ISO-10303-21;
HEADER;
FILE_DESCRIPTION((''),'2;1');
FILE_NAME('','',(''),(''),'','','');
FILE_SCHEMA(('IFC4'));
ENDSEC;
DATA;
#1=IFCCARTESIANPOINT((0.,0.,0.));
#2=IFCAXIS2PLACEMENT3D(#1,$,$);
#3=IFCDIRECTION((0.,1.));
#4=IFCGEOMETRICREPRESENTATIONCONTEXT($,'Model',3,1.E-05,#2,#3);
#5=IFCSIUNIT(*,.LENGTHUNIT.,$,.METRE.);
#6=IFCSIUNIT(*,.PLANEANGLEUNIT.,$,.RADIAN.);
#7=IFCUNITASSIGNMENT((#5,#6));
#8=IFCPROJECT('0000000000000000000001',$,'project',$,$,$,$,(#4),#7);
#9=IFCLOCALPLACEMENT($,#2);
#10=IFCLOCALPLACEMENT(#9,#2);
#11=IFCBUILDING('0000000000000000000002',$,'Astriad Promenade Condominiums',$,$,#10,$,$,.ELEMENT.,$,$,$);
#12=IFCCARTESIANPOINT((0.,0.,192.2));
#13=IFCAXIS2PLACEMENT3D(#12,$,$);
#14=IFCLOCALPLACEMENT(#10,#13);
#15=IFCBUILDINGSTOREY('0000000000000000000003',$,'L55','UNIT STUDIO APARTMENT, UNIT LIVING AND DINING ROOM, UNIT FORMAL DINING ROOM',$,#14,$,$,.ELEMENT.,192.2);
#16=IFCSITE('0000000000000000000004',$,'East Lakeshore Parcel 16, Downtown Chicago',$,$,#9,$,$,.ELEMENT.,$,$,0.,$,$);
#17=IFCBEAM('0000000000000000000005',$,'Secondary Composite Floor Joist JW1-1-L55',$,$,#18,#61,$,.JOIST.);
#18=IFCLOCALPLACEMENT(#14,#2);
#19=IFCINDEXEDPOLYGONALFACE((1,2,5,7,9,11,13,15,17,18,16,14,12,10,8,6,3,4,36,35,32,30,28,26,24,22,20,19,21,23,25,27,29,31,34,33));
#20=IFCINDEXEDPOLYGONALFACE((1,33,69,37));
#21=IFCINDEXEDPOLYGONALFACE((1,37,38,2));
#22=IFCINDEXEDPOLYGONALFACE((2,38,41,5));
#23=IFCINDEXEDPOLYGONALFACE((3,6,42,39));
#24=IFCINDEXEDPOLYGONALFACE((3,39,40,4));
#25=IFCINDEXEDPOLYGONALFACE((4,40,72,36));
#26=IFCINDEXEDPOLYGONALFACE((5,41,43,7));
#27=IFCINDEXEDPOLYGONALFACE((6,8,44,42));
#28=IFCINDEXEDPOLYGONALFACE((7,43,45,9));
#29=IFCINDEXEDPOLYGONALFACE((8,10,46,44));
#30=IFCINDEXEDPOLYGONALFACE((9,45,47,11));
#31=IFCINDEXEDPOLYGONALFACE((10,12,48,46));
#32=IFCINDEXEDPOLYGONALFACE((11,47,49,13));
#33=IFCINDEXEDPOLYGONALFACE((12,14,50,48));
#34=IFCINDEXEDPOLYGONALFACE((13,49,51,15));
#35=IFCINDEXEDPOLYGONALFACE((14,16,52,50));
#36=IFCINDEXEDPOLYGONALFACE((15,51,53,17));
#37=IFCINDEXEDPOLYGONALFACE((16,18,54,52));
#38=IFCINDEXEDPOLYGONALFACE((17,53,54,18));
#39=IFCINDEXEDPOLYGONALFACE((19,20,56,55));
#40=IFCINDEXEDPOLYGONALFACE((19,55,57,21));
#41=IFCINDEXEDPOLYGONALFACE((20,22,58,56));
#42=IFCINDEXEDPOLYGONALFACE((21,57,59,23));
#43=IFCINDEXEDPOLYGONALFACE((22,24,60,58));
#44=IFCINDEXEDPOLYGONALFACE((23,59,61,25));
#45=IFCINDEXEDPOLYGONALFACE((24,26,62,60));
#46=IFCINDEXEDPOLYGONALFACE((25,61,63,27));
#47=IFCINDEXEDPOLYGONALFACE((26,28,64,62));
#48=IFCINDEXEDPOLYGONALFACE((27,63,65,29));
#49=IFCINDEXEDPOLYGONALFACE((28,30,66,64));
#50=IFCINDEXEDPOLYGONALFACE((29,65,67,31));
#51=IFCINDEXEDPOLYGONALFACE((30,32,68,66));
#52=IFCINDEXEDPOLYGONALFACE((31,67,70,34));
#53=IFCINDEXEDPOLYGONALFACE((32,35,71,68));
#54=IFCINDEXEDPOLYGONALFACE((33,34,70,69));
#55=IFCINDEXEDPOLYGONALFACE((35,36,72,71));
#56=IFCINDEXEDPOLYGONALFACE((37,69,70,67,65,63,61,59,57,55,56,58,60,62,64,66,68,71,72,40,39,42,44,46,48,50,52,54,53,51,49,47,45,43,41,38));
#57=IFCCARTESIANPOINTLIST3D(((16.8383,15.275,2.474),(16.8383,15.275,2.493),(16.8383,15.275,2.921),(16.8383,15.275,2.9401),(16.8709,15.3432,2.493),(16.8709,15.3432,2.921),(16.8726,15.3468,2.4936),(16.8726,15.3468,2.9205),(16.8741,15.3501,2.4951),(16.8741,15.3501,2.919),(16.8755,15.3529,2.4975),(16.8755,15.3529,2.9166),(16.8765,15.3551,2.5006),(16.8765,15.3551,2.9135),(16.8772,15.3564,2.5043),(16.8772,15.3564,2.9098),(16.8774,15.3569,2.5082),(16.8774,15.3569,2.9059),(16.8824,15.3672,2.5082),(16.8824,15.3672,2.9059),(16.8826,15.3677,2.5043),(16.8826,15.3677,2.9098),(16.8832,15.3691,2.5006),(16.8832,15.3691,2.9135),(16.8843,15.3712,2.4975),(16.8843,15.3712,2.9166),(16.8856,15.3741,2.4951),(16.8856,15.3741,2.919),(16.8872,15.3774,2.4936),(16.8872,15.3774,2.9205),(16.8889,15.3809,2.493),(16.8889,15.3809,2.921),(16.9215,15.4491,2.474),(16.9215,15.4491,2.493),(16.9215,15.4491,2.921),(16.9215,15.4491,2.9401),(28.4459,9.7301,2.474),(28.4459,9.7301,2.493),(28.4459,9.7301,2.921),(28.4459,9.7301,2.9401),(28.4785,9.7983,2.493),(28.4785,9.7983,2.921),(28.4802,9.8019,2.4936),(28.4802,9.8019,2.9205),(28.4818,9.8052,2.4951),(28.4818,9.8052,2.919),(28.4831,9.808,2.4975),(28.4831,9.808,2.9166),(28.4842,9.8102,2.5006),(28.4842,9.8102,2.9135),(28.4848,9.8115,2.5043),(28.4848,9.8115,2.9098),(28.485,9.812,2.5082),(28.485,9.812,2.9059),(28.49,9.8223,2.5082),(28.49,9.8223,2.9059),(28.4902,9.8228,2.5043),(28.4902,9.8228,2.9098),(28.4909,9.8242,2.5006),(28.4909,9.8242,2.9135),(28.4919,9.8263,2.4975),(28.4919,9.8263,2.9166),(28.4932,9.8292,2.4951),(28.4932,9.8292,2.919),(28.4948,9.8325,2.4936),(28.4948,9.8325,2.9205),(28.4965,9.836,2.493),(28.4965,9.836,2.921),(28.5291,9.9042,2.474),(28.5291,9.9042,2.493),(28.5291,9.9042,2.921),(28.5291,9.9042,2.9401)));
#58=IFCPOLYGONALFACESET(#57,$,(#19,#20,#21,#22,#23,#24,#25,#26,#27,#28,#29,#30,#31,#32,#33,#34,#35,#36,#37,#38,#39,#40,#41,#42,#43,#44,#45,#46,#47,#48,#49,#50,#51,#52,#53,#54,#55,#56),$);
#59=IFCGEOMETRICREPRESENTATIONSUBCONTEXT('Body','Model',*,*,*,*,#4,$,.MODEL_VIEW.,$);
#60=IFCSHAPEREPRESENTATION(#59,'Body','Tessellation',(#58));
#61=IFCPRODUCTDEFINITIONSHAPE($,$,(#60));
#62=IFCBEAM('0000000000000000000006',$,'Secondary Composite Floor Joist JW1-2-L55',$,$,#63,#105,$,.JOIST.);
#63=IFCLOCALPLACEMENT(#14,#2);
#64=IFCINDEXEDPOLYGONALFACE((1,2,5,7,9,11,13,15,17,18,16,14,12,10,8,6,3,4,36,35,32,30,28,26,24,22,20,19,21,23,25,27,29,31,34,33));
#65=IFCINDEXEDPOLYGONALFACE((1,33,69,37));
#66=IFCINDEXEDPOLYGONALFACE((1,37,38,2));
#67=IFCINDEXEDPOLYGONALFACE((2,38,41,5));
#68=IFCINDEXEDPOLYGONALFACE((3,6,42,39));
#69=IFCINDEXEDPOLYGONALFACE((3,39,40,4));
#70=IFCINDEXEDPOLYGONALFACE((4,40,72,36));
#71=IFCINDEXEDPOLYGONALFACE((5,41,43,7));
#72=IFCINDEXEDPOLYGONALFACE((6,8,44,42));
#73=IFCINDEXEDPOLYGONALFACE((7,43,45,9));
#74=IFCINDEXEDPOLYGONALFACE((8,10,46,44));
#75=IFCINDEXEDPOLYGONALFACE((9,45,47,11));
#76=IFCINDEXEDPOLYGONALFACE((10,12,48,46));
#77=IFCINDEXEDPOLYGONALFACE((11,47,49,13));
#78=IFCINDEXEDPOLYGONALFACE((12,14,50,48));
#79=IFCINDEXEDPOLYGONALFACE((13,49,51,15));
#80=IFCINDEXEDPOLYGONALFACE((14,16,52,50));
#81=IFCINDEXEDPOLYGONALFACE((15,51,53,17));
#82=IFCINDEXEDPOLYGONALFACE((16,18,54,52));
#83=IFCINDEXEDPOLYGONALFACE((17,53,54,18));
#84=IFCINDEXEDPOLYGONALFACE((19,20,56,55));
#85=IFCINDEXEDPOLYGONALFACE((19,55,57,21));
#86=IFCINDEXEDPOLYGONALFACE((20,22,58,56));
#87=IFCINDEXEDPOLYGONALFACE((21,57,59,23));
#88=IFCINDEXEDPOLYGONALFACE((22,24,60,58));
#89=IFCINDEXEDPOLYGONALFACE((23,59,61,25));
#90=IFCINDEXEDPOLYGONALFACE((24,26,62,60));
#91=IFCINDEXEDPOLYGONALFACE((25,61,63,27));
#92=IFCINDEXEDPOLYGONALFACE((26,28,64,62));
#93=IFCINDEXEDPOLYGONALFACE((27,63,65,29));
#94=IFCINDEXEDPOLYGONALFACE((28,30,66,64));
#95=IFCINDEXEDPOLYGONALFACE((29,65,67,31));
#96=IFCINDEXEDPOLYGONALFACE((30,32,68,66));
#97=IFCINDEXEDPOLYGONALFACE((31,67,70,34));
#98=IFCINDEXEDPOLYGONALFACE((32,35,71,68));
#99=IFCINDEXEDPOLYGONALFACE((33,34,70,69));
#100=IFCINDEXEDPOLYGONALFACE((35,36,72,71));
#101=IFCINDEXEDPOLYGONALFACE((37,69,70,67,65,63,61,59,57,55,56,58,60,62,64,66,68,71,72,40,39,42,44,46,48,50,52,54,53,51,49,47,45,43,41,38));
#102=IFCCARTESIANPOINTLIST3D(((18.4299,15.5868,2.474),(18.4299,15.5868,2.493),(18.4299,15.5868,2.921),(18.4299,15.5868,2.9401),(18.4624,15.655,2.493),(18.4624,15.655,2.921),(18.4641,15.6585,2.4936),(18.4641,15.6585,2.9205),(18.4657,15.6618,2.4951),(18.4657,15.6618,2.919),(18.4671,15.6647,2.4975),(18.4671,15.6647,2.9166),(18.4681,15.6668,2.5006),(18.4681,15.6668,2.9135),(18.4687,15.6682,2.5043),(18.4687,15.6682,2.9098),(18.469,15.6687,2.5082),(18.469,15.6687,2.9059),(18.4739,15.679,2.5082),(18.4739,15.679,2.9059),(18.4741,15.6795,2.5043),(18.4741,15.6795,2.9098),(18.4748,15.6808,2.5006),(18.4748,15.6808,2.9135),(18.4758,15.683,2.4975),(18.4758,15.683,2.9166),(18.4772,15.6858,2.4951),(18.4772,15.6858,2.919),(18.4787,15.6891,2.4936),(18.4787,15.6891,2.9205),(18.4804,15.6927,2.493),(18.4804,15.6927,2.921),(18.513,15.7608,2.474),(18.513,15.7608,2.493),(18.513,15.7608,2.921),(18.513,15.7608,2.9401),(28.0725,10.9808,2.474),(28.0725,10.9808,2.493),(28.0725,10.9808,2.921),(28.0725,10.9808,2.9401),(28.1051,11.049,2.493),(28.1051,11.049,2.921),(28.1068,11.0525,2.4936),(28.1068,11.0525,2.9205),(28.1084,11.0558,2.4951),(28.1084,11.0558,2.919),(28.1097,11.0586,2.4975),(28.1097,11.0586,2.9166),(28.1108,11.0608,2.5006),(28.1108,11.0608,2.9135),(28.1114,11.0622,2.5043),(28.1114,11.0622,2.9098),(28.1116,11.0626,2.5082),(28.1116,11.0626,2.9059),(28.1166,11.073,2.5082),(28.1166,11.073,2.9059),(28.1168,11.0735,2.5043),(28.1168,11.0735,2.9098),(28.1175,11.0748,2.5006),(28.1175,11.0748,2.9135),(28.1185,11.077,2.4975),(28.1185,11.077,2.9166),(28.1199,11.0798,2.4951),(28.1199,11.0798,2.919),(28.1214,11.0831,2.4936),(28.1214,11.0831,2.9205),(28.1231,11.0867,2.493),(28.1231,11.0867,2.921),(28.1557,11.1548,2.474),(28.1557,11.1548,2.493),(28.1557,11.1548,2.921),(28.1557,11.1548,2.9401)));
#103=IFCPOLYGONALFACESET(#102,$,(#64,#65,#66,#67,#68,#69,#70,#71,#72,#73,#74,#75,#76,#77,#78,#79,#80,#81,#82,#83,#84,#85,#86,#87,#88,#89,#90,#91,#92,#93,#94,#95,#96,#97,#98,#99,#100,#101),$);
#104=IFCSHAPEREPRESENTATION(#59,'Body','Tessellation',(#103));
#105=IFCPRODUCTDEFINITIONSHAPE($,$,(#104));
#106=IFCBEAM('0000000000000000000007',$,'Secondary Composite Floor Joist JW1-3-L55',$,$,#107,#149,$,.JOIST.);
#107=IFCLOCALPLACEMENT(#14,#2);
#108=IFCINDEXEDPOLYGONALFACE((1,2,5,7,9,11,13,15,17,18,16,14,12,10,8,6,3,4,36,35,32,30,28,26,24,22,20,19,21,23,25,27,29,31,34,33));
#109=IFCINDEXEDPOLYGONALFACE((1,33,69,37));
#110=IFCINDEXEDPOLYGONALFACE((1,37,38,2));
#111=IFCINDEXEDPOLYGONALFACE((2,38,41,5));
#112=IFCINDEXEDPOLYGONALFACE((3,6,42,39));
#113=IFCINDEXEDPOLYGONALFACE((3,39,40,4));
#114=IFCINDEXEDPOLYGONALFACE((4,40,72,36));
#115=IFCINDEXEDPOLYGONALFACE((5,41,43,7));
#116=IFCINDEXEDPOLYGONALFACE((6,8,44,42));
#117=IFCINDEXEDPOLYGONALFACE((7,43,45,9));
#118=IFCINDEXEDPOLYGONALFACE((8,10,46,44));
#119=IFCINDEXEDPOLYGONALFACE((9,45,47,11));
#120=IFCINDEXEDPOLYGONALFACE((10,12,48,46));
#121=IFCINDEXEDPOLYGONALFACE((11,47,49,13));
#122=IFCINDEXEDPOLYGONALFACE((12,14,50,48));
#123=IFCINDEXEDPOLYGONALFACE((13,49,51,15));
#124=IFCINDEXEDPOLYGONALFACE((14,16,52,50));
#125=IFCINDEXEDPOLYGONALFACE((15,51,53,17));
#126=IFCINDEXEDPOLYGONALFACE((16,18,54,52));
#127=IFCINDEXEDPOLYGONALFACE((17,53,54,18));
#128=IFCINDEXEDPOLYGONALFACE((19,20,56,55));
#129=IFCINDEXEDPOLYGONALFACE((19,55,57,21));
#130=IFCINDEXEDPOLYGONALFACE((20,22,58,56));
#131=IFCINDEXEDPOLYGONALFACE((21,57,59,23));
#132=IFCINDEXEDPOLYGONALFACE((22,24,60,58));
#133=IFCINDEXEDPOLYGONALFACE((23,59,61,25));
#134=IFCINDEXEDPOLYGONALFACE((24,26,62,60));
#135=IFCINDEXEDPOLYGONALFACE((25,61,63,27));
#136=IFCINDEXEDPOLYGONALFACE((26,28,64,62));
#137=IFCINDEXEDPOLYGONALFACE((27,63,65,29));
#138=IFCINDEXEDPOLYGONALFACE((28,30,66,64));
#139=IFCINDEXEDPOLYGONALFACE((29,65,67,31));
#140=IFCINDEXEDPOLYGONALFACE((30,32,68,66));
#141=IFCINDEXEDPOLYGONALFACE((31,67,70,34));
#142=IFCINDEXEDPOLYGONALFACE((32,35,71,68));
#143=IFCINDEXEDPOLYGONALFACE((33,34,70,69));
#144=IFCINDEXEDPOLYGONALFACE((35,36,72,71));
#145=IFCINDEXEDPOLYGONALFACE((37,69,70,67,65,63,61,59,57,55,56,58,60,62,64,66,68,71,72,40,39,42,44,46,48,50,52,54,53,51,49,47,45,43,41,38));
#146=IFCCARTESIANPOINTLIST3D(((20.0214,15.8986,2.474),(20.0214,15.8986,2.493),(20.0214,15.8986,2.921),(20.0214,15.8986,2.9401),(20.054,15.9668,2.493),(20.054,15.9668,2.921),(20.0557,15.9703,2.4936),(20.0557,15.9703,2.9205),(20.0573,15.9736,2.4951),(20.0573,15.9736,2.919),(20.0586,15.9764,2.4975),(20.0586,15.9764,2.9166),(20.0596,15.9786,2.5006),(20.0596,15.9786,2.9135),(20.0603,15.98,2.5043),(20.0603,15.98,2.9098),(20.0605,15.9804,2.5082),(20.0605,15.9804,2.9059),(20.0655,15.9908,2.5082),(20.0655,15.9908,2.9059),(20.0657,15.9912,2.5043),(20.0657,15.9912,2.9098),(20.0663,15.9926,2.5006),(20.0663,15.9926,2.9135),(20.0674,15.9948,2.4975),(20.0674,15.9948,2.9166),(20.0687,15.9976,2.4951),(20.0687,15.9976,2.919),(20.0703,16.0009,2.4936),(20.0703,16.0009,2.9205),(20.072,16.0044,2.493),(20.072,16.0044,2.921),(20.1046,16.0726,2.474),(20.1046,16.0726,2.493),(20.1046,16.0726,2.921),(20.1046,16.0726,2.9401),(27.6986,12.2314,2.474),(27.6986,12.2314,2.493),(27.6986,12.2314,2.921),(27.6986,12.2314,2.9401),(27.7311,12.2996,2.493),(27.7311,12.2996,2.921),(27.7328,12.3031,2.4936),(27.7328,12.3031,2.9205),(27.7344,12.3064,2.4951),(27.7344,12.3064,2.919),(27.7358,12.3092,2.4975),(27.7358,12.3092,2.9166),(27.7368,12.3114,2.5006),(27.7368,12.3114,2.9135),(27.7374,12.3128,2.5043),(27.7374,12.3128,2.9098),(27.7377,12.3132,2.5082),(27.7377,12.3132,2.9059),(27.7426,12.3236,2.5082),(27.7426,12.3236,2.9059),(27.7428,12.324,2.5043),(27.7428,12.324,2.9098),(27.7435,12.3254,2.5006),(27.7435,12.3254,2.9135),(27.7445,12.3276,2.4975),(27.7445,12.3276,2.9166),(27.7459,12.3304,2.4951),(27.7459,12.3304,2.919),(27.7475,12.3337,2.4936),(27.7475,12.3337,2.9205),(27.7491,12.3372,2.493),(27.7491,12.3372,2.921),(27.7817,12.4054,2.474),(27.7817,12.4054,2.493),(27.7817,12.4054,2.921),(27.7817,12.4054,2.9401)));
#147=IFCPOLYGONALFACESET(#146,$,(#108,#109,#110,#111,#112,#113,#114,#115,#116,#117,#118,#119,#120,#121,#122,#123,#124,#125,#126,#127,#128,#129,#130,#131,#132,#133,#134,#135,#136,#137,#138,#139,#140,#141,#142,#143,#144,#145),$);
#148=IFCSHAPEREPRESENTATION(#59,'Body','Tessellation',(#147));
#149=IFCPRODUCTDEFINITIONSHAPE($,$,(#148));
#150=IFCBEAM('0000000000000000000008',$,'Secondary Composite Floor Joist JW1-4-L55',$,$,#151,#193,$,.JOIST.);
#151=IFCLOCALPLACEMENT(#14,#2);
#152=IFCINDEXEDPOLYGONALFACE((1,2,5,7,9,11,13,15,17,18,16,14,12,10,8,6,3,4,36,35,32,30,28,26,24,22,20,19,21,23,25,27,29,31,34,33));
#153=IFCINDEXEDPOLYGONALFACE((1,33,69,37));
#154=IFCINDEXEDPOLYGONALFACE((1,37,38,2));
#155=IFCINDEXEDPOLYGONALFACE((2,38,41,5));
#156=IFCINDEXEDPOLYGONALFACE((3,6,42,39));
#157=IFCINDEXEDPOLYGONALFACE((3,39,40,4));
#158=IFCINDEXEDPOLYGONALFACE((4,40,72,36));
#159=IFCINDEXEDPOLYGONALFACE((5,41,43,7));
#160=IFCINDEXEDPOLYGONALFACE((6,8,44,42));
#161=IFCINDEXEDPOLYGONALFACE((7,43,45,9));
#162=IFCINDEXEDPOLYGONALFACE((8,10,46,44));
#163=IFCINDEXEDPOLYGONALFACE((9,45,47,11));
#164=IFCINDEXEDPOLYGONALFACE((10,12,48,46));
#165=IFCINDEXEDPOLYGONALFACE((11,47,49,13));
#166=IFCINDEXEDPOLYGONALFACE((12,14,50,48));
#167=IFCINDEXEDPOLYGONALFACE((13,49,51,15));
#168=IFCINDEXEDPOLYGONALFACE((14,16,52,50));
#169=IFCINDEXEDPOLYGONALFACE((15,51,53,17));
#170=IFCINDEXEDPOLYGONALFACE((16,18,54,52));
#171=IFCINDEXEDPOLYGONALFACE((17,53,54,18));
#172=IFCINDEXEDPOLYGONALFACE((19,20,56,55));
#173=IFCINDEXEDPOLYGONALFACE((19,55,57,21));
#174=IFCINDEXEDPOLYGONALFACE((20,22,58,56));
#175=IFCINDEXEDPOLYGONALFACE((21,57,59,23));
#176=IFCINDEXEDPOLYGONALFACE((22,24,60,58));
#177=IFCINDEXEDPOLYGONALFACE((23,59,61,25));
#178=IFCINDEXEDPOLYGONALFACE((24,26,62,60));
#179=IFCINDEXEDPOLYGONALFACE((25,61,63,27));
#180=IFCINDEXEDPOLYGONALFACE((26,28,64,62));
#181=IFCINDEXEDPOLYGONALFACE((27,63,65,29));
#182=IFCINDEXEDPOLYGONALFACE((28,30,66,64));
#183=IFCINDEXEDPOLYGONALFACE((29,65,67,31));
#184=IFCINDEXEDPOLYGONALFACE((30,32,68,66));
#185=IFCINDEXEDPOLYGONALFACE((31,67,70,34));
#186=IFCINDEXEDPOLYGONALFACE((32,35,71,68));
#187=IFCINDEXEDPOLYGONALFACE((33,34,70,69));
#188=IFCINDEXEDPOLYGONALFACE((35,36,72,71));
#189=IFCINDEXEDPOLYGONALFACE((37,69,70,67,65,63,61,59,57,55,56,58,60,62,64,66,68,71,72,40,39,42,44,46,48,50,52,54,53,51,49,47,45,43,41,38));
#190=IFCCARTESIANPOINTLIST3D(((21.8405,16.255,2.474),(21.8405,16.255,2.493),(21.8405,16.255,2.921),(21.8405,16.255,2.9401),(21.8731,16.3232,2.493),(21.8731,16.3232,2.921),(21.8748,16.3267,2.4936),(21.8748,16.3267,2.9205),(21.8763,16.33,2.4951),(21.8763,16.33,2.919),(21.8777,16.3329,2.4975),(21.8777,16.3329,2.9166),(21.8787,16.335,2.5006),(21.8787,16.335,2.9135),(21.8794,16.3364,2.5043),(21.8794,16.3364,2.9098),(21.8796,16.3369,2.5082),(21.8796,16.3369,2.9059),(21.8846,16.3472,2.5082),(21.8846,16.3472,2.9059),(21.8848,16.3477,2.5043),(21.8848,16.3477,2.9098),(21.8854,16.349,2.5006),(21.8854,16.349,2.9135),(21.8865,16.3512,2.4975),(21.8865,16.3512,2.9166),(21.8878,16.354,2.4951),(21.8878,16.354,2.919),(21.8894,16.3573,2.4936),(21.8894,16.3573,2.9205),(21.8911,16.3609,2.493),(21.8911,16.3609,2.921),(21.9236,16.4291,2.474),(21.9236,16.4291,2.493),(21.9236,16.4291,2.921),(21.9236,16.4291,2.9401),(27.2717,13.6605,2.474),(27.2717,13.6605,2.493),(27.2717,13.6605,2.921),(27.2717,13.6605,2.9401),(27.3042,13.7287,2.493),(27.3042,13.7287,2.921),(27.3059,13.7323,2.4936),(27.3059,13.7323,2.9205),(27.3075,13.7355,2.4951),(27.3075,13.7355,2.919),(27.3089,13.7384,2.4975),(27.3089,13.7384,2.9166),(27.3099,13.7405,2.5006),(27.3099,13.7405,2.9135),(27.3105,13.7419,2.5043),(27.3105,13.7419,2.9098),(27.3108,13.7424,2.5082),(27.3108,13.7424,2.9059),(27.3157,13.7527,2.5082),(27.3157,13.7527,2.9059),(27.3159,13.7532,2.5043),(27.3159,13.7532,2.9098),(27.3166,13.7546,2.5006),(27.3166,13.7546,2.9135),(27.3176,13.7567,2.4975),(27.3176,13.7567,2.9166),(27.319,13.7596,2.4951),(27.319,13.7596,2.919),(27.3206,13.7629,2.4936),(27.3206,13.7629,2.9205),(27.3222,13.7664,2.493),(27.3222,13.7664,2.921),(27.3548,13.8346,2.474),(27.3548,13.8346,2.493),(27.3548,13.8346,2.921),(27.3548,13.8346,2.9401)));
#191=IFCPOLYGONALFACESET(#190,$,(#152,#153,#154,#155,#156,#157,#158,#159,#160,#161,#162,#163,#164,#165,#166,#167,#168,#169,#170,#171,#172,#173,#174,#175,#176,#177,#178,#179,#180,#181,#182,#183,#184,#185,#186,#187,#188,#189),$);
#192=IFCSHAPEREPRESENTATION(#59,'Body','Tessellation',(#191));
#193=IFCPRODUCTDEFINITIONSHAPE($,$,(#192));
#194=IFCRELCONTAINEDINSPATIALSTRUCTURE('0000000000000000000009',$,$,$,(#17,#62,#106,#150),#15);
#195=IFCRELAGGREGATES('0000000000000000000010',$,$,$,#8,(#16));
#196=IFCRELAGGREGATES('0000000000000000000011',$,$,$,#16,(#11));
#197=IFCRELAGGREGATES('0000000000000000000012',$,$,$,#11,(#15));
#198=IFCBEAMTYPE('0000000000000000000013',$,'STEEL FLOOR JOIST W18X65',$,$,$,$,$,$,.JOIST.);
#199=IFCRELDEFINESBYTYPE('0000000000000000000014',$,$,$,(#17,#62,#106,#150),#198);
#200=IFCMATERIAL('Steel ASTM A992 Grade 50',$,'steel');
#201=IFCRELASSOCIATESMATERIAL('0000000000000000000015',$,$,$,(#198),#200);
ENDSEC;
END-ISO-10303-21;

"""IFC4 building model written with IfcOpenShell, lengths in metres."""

from ifc_helpers import new_model, si_unit, direction, frame, origin, origin_2d, place, context, subcontext, project, spatial, i_section, extrude, source, transform, mapped, material, material_profile, profile_set, type_object, element, save


model = new_model("IFC4")

# Units and contexts
model_context = context("Model", 3, precision=1e-05, world=origin(), true_north=direction((0.0, 1.0)))
body_context = subcontext(model_context, "Body", "Model", "MODEL_VIEW")
ifc_project = project(units=[si_unit("LENGTHUNIT", "METRE"), si_unit("PLANEANGLEUNIT", "RADIAN")], contexts=[model_context])

# Site, building, storey
site_placement = place(None, origin())
site = spatial("IfcSite", under=ifc_project, at=site_placement, Name="East Lakeshore Parcel 16, Downtown Chicago", CompositionType="ELEMENT", RefElevation=0.0)
building_placement = place(site_placement, origin())
building = spatial("IfcBuilding", under=site, at=building_placement, Name="Astriad Promenade Condominiums", CompositionType="ELEMENT")
storey_placement = place(building_placement, frame((0.0, 0.0, 192.2)))
storey = spatial("IfcBuildingStorey", under=building, at=storey_placement, Name="L55", Description="UNIT STUDIO APARTMENT, UNIT LIVING AND DINING ROOM, UNIT FORMAL DINING ROOM", CompositionType="ELEMENT", Elevation=192.2)

# Beams
ifc_material_1 = material(Name="Steel ASTM A992 Grade 50", Category="steel")
ifc_material_profile_1 = material_profile(ifc_material_1, i_section(OverallWidth=0.1929, OverallDepth=0.4661, WebThickness=0.0115, FlangeThickness=0.019, FilletRadius=0.0151, at=origin_2d()), Name="W18X65")
ifc_profile_set_1 = profile_set([ifc_material_profile_1], Name="Steel ASTM A992 Grade 50")
beam_type_1 = type_object("IfcBeamType", Name="STEEL FLOOR JOIST W18X65", PredefinedType="JOIST", material=ifc_profile_set_1)
shared_shape_1 = source(origin(), body_context, "Body", "SweptSolid", [
    extrude(i_section(OverallWidth=0.1929, OverallDepth=0.4661, WebThickness=0.0115, FlangeThickness=0.019, FilletRadius=0.0151, at=origin_2d()), origin(), (0.0, 0.0, 1.0), 12.864),
])
beam_1_placement = place(storey_placement, frame((16.8799, 15.3621, 2.707), z_axis=(0.902333, -0.43104, 0.0), x_axis=(0.43104, 0.902333, 0.0)))
element("IfcBeam", 1, at=beam_1_placement, inside=storey, type_object=beam_type_1, Name="Secondary Composite Floor Joist JW1-1-L55", PredefinedType="JOIST", context=body_context, shape_type="MappedRepresentation", body=[
    mapped(shared_shape_1, transform((0.0, 0.0, 0.0), scale=1.0)),
])
shared_shape_2 = source(origin(), body_context, "Body", "SweptSolid", [
    extrude(i_section(OverallWidth=0.1929, OverallDepth=0.4661, WebThickness=0.0115, FlangeThickness=0.019, FilletRadius=0.0151, at=origin_2d()), origin(), (0.0, 0.0, 1.0), 10.6863),
])
beam_2_placement = place(storey_placement, frame((18.4714, 15.6738, 2.707), z_axis=(0.902342, -0.431021, 0.0), x_axis=(0.431021, 0.902342, 0.0)))
element("IfcBeam", 2, at=beam_2_placement, inside=storey, type_object=beam_type_1, Name="Secondary Composite Floor Joist JW1-2-L55", PredefinedType="JOIST", context=body_context, shape_type="MappedRepresentation", body=[
    mapped(shared_shape_2, transform((0.0, 0.0, 0.0), scale=1.0)),
])
shared_shape_3 = source(origin(), body_context, "Body", "SweptSolid", [
    extrude(i_section(OverallWidth=0.1929, OverallDepth=0.4661, WebThickness=0.0115, FlangeThickness=0.019, FilletRadius=0.0151, at=origin_2d()), origin(), (0.0, 0.0, 1.0), 8.5081),
])
beam_3_placement = place(storey_placement, frame((20.063, 15.9856, 2.707), z_axis=(0.90234, -0.431026, 0.0), x_axis=(0.431026, 0.90234, 0.0)))
element("IfcBeam", 3, at=beam_3_placement, inside=storey, type_object=beam_type_1, Name="Secondary Composite Floor Joist JW1-3-L55", PredefinedType="JOIST", context=body_context, shape_type="MappedRepresentation", body=[
    mapped(shared_shape_3, transform((0.0, 0.0, 0.0), scale=1.0)),
])
shared_shape_4 = source(origin(), body_context, "Body", "SweptSolid", [
    extrude(i_section(OverallWidth=0.1929, OverallDepth=0.4661, WebThickness=0.0115, FlangeThickness=0.019, FilletRadius=0.0151, at=origin_2d()), origin(), (0.0, 0.0, 1.0), 6.019),
])
beam_4_placement = place(storey_placement, frame((21.8821, 16.342, 2.707), z_axis=(0.90233, -0.431046, 0.0), x_axis=(0.431046, 0.90233, 0.0)))
element("IfcBeam", 4, at=beam_4_placement, inside=storey, type_object=beam_type_1, Name="Secondary Composite Floor Joist JW1-4-L55", PredefinedType="JOIST", context=body_context, shape_type="MappedRepresentation", body=[
    mapped(shared_shape_4, transform((0.0, 0.0, 0.0), scale=1.0)),
])

save(model, "model.ifc")
